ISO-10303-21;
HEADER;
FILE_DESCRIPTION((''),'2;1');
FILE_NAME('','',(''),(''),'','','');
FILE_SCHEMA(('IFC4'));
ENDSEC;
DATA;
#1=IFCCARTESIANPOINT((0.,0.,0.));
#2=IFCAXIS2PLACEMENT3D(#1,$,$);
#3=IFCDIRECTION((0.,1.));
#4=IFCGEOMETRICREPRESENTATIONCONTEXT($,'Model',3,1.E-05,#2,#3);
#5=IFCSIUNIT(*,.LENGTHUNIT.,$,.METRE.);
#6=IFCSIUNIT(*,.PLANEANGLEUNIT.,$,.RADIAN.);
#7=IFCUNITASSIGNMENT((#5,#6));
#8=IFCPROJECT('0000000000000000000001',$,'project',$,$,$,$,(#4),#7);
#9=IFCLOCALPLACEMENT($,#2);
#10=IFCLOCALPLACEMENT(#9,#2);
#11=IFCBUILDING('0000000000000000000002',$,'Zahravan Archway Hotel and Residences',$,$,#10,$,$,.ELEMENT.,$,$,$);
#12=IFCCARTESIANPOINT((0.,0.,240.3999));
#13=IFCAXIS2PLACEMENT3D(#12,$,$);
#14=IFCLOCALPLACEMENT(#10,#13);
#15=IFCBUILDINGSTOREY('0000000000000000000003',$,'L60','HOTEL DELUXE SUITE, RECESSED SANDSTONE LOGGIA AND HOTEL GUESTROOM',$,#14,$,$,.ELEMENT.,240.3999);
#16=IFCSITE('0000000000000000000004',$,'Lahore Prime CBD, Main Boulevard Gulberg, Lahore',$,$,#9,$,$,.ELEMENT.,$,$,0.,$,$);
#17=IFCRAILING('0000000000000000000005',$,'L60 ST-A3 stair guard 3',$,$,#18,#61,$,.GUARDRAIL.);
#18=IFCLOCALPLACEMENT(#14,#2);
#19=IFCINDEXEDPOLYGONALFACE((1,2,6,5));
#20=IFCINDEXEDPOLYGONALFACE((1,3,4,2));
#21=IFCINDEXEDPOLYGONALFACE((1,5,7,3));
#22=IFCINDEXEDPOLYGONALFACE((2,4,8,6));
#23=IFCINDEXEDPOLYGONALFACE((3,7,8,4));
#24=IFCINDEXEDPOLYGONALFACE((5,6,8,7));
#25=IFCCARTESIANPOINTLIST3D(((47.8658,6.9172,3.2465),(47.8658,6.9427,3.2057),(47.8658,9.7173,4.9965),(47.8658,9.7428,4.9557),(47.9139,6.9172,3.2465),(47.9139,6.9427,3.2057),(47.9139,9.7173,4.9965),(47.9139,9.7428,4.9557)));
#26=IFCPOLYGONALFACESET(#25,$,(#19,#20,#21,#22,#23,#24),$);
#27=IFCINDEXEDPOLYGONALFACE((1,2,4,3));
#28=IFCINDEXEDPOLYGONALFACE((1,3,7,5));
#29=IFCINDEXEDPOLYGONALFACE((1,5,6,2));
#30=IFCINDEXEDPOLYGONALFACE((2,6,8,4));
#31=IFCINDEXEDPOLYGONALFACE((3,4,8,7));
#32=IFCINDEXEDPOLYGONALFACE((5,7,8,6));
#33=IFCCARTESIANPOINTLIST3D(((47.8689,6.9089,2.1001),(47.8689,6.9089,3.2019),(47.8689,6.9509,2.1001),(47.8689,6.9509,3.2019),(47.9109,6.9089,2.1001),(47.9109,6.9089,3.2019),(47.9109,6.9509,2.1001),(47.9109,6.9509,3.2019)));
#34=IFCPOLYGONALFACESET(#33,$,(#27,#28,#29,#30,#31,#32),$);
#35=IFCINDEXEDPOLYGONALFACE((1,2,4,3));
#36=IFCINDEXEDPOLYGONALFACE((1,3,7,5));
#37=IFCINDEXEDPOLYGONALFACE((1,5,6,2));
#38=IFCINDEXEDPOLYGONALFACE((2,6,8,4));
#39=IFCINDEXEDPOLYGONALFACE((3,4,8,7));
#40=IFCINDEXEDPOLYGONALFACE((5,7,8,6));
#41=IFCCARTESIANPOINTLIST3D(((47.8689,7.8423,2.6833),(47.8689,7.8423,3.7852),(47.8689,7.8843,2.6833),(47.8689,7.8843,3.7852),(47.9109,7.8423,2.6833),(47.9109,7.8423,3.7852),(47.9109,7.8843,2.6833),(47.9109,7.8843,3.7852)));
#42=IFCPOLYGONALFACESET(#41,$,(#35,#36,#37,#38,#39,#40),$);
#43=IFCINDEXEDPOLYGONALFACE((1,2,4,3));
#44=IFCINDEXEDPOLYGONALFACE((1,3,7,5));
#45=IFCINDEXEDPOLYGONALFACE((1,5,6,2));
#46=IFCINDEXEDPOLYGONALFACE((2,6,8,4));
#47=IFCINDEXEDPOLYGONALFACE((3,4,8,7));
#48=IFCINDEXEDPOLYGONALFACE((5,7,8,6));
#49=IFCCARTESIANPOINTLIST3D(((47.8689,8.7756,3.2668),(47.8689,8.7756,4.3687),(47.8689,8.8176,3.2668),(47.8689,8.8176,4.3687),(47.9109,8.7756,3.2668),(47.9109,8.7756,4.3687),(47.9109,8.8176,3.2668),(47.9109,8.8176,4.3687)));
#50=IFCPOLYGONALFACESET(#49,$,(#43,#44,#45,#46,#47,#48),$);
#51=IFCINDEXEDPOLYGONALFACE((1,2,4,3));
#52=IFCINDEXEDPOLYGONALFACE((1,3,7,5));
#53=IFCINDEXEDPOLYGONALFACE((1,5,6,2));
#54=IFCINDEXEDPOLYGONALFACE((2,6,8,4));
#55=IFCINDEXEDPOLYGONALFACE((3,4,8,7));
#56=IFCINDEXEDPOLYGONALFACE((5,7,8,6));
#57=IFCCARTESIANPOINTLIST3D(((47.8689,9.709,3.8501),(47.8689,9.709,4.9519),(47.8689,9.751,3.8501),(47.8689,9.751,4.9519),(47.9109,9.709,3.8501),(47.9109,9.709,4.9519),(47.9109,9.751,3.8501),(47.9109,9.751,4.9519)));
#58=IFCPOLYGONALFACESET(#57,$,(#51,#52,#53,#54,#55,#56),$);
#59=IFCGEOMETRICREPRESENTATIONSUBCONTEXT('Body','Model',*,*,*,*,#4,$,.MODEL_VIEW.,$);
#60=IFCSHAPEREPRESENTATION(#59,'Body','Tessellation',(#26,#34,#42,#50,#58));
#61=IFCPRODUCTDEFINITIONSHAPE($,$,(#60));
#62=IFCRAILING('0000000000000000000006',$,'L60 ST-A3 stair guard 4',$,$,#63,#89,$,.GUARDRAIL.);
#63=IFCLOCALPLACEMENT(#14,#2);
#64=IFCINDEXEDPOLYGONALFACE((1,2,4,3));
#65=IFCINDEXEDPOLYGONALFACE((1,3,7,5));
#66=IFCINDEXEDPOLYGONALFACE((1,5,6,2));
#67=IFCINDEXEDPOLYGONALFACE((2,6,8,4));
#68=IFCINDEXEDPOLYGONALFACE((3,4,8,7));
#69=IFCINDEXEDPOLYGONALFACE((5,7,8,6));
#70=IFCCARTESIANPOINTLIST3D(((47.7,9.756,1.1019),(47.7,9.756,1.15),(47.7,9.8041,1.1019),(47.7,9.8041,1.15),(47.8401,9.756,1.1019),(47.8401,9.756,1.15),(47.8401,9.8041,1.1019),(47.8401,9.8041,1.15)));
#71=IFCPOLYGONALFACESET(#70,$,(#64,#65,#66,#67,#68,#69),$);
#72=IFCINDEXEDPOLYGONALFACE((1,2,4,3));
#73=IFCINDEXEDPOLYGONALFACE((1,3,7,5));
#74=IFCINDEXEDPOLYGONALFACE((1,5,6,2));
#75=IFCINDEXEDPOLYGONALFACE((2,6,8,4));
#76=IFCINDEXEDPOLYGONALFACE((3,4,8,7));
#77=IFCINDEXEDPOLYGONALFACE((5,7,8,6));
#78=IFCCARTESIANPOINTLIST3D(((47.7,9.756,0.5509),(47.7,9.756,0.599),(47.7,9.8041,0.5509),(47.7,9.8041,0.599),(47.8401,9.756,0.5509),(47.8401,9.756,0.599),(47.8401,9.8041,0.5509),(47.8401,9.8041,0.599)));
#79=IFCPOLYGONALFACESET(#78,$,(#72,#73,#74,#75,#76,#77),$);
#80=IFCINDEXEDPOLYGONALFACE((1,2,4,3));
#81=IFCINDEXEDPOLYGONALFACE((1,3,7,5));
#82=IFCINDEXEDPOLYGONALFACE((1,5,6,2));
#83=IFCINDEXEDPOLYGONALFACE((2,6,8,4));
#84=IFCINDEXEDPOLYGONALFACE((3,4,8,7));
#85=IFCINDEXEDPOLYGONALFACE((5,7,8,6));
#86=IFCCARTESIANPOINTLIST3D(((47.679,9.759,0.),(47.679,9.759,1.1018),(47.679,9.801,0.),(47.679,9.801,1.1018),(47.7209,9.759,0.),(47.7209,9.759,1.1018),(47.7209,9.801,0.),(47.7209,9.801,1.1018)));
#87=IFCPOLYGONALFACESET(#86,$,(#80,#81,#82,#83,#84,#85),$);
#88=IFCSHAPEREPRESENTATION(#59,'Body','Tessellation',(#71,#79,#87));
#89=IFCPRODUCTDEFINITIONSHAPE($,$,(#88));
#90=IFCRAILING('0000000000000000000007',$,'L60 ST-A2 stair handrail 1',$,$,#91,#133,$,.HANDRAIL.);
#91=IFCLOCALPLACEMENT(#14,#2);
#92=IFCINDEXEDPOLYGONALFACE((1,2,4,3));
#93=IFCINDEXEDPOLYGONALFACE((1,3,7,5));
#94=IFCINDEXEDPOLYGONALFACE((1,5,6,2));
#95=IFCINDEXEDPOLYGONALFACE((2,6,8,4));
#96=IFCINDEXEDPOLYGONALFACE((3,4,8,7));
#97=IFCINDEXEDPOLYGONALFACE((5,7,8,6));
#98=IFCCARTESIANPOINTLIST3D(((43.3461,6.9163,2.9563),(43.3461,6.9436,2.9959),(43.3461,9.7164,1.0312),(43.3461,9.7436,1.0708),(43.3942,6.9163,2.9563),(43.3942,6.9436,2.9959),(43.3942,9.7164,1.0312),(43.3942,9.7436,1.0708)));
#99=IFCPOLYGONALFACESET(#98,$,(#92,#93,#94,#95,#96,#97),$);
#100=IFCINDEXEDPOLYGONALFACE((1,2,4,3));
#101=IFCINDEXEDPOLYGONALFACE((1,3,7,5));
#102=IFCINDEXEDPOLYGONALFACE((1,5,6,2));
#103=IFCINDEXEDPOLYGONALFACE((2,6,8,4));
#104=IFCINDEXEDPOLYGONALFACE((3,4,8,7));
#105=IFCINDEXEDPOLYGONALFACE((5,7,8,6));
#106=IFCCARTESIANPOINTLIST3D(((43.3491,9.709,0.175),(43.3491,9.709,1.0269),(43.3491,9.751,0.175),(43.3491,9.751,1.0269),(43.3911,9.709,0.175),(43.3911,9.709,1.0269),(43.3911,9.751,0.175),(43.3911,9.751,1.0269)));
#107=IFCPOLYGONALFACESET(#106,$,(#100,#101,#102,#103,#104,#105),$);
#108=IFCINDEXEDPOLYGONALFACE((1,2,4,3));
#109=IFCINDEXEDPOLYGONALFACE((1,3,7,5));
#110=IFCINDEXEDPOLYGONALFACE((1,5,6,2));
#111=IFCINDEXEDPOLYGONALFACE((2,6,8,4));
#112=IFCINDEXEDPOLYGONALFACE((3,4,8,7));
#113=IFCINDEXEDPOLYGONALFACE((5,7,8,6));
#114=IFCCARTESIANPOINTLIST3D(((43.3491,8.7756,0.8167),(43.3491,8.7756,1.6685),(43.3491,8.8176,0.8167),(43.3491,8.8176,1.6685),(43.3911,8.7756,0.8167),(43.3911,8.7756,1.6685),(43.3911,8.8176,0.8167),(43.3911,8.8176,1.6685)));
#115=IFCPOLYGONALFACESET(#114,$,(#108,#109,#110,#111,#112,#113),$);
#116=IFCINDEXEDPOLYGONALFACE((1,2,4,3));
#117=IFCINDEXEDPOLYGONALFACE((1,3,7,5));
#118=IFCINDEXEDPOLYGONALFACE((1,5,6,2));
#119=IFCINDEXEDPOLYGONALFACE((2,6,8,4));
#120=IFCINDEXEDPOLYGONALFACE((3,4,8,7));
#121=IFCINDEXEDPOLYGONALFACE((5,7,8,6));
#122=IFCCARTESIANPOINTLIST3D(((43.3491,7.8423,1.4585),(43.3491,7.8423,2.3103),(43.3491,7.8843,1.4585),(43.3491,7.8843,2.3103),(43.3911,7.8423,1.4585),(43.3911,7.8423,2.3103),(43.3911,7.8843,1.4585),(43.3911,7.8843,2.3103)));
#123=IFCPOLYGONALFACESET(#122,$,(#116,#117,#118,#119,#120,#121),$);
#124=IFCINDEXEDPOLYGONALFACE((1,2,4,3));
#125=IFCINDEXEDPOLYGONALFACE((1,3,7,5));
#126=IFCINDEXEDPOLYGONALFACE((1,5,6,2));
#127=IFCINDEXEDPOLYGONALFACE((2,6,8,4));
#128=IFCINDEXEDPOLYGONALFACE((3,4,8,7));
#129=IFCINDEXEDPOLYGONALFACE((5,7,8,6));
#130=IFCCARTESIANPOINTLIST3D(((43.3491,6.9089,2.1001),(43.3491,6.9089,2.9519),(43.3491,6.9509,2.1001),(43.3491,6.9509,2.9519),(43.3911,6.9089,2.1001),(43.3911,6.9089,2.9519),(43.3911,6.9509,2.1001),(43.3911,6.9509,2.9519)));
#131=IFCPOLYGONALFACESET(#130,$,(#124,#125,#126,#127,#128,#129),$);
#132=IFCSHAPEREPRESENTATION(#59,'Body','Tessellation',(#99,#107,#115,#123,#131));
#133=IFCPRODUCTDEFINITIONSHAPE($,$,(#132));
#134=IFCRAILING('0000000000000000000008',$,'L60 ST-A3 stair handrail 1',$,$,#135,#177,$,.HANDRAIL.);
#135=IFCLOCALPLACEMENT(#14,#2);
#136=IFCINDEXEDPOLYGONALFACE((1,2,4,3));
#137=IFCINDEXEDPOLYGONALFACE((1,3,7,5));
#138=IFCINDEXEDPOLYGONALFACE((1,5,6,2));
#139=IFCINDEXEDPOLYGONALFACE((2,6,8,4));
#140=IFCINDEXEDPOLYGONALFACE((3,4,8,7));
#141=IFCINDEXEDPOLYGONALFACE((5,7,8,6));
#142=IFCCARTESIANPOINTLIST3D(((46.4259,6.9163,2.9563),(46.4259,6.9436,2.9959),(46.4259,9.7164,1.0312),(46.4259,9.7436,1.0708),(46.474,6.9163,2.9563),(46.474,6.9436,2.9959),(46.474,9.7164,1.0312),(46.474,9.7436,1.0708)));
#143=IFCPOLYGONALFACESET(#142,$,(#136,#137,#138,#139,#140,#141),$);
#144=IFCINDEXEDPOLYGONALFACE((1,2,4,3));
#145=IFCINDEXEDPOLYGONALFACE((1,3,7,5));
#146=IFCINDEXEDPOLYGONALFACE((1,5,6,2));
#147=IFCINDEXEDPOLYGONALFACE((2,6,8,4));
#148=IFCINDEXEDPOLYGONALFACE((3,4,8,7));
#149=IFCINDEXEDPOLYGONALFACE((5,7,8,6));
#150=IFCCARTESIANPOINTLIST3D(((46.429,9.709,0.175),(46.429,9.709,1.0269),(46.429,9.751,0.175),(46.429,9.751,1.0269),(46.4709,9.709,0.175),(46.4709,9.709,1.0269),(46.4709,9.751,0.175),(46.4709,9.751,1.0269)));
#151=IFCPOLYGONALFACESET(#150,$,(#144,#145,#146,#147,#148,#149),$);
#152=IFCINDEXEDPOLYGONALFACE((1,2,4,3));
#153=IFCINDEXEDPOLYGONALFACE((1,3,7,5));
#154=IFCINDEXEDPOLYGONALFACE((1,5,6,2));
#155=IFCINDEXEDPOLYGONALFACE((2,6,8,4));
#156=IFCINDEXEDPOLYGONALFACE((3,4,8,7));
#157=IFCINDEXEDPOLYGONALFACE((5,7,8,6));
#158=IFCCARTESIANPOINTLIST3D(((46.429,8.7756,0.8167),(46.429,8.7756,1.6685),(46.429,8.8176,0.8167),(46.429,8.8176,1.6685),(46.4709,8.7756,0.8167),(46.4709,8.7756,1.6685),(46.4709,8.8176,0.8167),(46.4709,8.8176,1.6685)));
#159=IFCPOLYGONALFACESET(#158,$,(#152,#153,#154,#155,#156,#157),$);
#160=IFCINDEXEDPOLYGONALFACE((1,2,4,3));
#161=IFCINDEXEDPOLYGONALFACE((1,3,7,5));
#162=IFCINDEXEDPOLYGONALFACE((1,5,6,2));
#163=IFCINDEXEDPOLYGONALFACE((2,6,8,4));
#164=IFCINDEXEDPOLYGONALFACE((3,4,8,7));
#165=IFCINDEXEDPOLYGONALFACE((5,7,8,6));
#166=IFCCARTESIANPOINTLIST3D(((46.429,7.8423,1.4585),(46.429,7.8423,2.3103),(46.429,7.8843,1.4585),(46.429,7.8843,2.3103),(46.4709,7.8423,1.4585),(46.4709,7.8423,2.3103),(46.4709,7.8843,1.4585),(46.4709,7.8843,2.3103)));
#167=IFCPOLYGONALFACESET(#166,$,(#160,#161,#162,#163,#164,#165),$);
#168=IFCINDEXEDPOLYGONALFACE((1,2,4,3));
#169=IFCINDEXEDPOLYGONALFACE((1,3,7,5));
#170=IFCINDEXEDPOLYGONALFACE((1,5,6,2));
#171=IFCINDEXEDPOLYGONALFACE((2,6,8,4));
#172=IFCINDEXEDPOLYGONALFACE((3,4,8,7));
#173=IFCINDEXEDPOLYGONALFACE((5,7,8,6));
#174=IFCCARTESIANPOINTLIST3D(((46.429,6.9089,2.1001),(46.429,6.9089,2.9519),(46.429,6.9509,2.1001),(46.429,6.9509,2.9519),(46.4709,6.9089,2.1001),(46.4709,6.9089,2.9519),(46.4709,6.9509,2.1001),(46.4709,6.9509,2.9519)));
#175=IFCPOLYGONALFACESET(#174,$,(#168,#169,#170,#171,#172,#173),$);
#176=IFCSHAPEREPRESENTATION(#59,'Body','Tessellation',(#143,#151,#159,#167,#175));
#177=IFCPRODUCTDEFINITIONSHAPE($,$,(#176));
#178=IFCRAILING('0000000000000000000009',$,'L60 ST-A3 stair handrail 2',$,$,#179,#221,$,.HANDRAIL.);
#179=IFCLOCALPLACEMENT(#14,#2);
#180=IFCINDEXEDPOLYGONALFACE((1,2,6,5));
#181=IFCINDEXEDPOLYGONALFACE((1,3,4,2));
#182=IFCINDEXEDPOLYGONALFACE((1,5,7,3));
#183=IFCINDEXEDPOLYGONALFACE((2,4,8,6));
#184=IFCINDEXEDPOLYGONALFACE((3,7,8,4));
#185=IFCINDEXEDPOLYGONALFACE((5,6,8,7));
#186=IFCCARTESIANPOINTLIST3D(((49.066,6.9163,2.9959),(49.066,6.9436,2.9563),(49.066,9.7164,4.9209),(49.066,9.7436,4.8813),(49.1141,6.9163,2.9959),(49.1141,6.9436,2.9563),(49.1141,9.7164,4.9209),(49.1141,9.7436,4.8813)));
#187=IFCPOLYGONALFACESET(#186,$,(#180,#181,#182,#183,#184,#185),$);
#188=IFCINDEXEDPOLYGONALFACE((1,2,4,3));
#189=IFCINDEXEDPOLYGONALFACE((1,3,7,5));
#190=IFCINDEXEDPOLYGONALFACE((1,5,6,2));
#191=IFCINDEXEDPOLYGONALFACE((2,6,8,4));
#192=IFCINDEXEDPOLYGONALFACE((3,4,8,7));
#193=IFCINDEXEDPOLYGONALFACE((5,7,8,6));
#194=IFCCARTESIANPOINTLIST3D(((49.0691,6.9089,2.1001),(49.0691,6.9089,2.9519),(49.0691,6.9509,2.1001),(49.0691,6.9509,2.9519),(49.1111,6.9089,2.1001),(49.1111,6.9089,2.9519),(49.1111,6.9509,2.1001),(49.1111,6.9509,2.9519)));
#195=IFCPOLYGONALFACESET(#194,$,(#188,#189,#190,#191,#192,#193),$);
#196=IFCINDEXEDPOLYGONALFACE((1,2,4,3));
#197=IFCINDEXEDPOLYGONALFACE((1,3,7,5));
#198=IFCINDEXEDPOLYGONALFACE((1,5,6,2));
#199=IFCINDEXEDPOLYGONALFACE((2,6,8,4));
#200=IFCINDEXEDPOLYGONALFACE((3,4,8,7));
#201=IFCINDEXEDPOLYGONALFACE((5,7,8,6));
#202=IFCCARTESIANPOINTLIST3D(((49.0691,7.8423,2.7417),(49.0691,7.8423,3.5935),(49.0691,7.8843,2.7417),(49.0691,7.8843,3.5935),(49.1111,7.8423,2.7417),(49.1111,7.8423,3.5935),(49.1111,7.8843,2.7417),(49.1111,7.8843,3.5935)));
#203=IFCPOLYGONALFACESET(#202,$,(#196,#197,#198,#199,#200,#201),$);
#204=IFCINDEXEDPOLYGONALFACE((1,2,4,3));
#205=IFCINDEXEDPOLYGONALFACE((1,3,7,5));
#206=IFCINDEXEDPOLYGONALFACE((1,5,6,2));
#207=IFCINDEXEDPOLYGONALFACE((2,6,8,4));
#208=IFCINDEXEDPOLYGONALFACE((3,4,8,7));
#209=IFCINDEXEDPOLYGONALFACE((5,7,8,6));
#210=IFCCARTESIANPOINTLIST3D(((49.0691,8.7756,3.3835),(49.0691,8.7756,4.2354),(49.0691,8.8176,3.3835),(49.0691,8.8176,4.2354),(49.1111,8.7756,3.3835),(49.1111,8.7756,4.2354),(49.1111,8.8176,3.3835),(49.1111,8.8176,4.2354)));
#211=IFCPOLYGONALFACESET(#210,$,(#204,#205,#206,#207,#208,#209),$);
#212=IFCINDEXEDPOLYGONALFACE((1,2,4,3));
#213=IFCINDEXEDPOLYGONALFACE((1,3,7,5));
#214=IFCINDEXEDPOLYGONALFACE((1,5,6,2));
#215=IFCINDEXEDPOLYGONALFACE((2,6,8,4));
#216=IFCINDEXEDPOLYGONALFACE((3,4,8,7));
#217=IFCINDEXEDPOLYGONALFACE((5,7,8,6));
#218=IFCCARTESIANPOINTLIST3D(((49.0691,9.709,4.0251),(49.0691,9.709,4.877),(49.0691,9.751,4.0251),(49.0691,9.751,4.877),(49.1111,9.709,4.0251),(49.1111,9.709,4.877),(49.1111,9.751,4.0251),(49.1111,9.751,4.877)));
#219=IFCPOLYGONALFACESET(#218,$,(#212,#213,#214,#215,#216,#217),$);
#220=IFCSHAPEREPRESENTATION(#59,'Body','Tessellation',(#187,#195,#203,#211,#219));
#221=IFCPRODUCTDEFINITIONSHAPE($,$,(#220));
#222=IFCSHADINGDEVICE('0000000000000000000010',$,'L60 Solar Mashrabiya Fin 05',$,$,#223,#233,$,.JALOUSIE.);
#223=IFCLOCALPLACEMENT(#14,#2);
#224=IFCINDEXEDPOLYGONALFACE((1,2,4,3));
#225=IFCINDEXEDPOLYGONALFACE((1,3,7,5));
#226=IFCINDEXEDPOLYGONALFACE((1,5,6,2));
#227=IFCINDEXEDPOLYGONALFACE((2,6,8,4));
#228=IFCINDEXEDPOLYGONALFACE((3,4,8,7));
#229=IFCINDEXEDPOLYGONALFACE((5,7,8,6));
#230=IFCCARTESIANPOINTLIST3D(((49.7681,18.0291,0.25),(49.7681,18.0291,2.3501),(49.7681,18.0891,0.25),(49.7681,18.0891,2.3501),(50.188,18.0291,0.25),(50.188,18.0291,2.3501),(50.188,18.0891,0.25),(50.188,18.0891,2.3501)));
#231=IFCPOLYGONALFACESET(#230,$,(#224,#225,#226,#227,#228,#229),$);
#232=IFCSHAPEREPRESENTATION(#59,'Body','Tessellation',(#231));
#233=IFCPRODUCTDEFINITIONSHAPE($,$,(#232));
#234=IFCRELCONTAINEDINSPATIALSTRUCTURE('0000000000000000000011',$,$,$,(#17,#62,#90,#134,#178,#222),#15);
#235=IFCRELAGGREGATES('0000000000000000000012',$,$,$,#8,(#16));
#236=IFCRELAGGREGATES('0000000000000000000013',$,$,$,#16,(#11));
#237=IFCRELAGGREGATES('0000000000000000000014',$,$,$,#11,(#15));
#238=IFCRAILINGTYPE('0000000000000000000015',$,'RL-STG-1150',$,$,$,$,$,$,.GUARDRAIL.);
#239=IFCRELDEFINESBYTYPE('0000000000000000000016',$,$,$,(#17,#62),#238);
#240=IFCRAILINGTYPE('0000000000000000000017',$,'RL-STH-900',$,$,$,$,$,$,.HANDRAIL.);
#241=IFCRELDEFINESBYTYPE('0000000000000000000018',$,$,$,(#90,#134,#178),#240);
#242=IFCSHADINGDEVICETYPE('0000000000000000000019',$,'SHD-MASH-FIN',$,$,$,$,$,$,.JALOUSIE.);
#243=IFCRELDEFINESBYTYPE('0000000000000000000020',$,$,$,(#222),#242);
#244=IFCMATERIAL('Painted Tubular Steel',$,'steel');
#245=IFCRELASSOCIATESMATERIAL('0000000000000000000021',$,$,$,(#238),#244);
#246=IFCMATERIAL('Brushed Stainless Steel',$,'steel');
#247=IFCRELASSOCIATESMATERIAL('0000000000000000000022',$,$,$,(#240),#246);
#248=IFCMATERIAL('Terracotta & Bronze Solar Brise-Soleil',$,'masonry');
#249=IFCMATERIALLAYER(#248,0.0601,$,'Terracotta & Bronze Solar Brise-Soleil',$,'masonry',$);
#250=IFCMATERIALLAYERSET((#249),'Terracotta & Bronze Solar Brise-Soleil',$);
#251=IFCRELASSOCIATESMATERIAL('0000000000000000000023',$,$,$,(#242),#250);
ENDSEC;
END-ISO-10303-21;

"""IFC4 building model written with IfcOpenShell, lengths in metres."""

from ifc_helpers import new_model, si_unit, direction, frame, origin, origin_2d, place, context, subcontext, project, spatial, rectangle, extrude, source, transform, mapped, material, layer, layer_set, type_object, type_shapes, element, save


model = new_model("IFC4")

# Units and contexts
model_context = context("Model", 3, precision=1e-05, world=origin(), true_north=direction((0.0, 1.0)))
body_context = subcontext(model_context, "Body", "Model", "MODEL_VIEW")
ifc_project = project(units=[si_unit("LENGTHUNIT", "METRE"), si_unit("PLANEANGLEUNIT", "RADIAN")], contexts=[model_context])

# Site, building, storey
site_placement = place(None, origin())
site = spatial("IfcSite", under=ifc_project, at=site_placement, Name="Lahore Prime CBD, Main Boulevard Gulberg, Lahore", CompositionType="ELEMENT", RefElevation=0.0)
building_placement = place(site_placement, origin())
building = spatial("IfcBuilding", under=site, at=building_placement, Name="Zahravan Archway Hotel and Residences", CompositionType="ELEMENT")
storey_placement = place(building_placement, frame((0.0, 0.0, 240.3999)))
storey = spatial("IfcBuildingStorey", under=building, at=storey_placement, Name="L60", Description="HOTEL DELUXE SUITE, RECESSED SANDSTONE LOGGIA AND HOTEL GUESTROOM", CompositionType="ELEMENT", Elevation=240.3999)

# Railings
ifc_material_1 = material(Name="Painted Tubular Steel", Category="steel")
railing_type_1 = type_object("IfcRailingType", Name="RL-STG-1150", PredefinedType="GUARDRAIL", material=ifc_material_1)
railing_1_placement = place(storey_placement, frame((47.8899, 6.9299, 2.1001)))
element("IfcRailing", 1, at=railing_1_placement, inside=storey, type_object=railing_type_1, Name="L60 ST-A3 stair guard 3", PredefinedType="GUARDRAIL", context=body_context, shape_type="SweptSolid", body=[
    extrude(rectangle(XDim=0.0481, YDim=0.0481, at=origin_2d()), frame((0.0, 0.0, 1.126), z_axis=(0.0, 0.848002, 0.529992), x_axis=(-1.0, 0.0, 0.0)), (0.0, 0.0, 1.0), 3.302),
    extrude(rectangle(XDim=0.042, YDim=0.042, at=origin_2d()), origin(), (0.0, 0.0, 1.0), 1.1018),
    extrude(rectangle(XDim=0.042, YDim=0.042, at=origin_2d()), frame((0.0, 0.9333, 0.5833)), (0.0, 0.0, 1.0), 1.1018),
    extrude(rectangle(XDim=0.042, YDim=0.042, at=origin_2d()), frame((0.0, 1.8667, 1.1667)), (0.0, 0.0, 1.0), 1.1018),
    extrude(rectangle(XDim=0.042, YDim=0.042, at=origin_2d()), frame((0.0, 2.8, 1.75)), (0.0, 0.0, 1.0), 1.1018),
])
railing_2_placement = place(storey_placement, frame((47.7, 9.78, 0.0)))
element("IfcRailing", 2, at=railing_2_placement, inside=storey, type_object=railing_type_1, Name="L60 ST-A3 stair guard 4", PredefinedType="GUARDRAIL", context=body_context, shape_type="SweptSolid", body=[
    extrude(rectangle(XDim=0.0481, YDim=0.0481, at=origin_2d()), frame((0.0, 0.0, 1.126), z_axis=(1.0, 0.0, 0.0), x_axis=(0.0, 1.0, 0.0)), (0.0, 0.0, 1.0), 0.1401),
    extrude(rectangle(XDim=0.0481, YDim=0.0481, at=origin_2d()), frame((0.0, 0.0, 0.575), z_axis=(1.0, 0.0, 0.0), x_axis=(0.0, 1.0, 0.0)), (0.0, 0.0, 1.0), 0.1401),
    extrude(rectangle(XDim=0.042, YDim=0.042, at=origin_2d()), origin(), (0.0, 0.0, 1.0), 1.1018),
])
ifc_material_2 = material(Name="Brushed Stainless Steel", Category="steel")
railing_type_2 = type_object("IfcRailingType", Name="RL-STH-900", PredefinedType="HANDRAIL", material=ifc_material_2)
for number, where, name in (
    (3, (43.3701, 9.73, 0.175), "L60 ST-A2 stair handrail 1"),
    (4, (46.45, 9.73, 0.175), "L60 ST-A3 stair handrail 1"),
):
    element("IfcRailing", number, at=place(storey_placement, frame(where)), inside=storey, type_object=railing_type_2, Name=name, PredefinedType="HANDRAIL", context=body_context, shape_type="SweptSolid", body=[
        extrude(rectangle(XDim=0.0481, YDim=0.0481, at=origin_2d()), frame((0.0, 0.0, 0.876), z_axis=(0.0, -0.82404, 0.566532), x_axis=(1.0, 0.0, 0.0)), (0.0, 0.0, 1.0), 3.3979),
        extrude(rectangle(XDim=0.042, YDim=0.042, at=origin_2d()), origin(), (0.0, 0.0, 1.0), 0.8518),
        extrude(rectangle(XDim=0.042, YDim=0.042, at=origin_2d()), frame((0.0, -0.9333, 0.6416)), (0.0, 0.0, 1.0), 0.8518),
        extrude(rectangle(XDim=0.042, YDim=0.042, at=origin_2d()), frame((0.0, -1.8667, 1.2834)), (0.0, 0.0, 1.0), 0.8518),
        extrude(rectangle(XDim=0.042, YDim=0.042, at=origin_2d()), frame((0.0, -2.8, 1.925)), (0.0, 0.0, 1.0), 0.8518),
    ])
railing_3_placement = place(storey_placement, frame((49.0901, 6.9299, 2.1001)))
element("IfcRailing", 5, at=railing_3_placement, inside=storey, type_object=railing_type_2, Name="L60 ST-A3 stair handrail 2", PredefinedType="HANDRAIL", context=body_context, shape_type="SweptSolid", body=[
    extrude(rectangle(XDim=0.0481, YDim=0.0481, at=origin_2d()), frame((0.0, 0.0, 0.876), z_axis=(0.0, 0.82404, 0.566532), x_axis=(-1.0, 0.0, 0.0)), (0.0, 0.0, 1.0), 3.3979),
    extrude(rectangle(XDim=0.042, YDim=0.042, at=origin_2d()), origin(), (0.0, 0.0, 1.0), 0.8518),
    extrude(rectangle(XDim=0.042, YDim=0.042, at=origin_2d()), frame((0.0, 0.9333, 0.6416)), (0.0, 0.0, 1.0), 0.8518),
    extrude(rectangle(XDim=0.042, YDim=0.042, at=origin_2d()), frame((0.0, 1.8667, 1.2834)), (0.0, 0.0, 1.0), 0.8518),
    extrude(rectangle(XDim=0.042, YDim=0.042, at=origin_2d()), frame((0.0, 2.8, 1.925)), (0.0, 0.0, 1.0), 0.8518),
])

# Shading device
ifc_material_3 = material(Name="Terracotta & Bronze Solar Brise-Soleil", Category="masonry")
ifc_layer_1 = layer(ifc_material_3, 0.0601, Name="Terracotta & Bronze Solar Brise-Soleil", Category="masonry")
ifc_layer_set_1 = layer_set([ifc_layer_1], Name="Terracotta & Bronze Solar Brise-Soleil")
shading_device_type = type_object("IfcShadingDeviceType", Name="SHD-MASH-FIN", PredefinedType="JALOUSIE", material=ifc_layer_set_1)
shared_shape_1 = source(origin(), body_context, "Body", "SweptSolid", [
    extrude(rectangle(XDim=0.0601, YDim=0.4199, at=origin_2d()), origin(), (0.0, 0.0, 1.0), 2.1001),
])
type_shapes(shading_device_type, [shared_shape_1])
shading_device_placement = place(storey_placement, frame((49.978, 18.0591, 0.25), z_axis=(0.0, 0.0, 1.0), x_axis=(0.0, 1.0, 0.0)))
element("IfcShadingDevice", 6, at=shading_device_placement, inside=storey, type_object=shading_device_type, Name="L60 Solar Mashrabiya Fin 05", PredefinedType="JALOUSIE", context=body_context, shape_type="MappedRepresentation", body=[
    mapped(shared_shape_1, transform((0.0, 0.0, 0.0), scale=1.0)),
])

save(model, "model.ifc")
